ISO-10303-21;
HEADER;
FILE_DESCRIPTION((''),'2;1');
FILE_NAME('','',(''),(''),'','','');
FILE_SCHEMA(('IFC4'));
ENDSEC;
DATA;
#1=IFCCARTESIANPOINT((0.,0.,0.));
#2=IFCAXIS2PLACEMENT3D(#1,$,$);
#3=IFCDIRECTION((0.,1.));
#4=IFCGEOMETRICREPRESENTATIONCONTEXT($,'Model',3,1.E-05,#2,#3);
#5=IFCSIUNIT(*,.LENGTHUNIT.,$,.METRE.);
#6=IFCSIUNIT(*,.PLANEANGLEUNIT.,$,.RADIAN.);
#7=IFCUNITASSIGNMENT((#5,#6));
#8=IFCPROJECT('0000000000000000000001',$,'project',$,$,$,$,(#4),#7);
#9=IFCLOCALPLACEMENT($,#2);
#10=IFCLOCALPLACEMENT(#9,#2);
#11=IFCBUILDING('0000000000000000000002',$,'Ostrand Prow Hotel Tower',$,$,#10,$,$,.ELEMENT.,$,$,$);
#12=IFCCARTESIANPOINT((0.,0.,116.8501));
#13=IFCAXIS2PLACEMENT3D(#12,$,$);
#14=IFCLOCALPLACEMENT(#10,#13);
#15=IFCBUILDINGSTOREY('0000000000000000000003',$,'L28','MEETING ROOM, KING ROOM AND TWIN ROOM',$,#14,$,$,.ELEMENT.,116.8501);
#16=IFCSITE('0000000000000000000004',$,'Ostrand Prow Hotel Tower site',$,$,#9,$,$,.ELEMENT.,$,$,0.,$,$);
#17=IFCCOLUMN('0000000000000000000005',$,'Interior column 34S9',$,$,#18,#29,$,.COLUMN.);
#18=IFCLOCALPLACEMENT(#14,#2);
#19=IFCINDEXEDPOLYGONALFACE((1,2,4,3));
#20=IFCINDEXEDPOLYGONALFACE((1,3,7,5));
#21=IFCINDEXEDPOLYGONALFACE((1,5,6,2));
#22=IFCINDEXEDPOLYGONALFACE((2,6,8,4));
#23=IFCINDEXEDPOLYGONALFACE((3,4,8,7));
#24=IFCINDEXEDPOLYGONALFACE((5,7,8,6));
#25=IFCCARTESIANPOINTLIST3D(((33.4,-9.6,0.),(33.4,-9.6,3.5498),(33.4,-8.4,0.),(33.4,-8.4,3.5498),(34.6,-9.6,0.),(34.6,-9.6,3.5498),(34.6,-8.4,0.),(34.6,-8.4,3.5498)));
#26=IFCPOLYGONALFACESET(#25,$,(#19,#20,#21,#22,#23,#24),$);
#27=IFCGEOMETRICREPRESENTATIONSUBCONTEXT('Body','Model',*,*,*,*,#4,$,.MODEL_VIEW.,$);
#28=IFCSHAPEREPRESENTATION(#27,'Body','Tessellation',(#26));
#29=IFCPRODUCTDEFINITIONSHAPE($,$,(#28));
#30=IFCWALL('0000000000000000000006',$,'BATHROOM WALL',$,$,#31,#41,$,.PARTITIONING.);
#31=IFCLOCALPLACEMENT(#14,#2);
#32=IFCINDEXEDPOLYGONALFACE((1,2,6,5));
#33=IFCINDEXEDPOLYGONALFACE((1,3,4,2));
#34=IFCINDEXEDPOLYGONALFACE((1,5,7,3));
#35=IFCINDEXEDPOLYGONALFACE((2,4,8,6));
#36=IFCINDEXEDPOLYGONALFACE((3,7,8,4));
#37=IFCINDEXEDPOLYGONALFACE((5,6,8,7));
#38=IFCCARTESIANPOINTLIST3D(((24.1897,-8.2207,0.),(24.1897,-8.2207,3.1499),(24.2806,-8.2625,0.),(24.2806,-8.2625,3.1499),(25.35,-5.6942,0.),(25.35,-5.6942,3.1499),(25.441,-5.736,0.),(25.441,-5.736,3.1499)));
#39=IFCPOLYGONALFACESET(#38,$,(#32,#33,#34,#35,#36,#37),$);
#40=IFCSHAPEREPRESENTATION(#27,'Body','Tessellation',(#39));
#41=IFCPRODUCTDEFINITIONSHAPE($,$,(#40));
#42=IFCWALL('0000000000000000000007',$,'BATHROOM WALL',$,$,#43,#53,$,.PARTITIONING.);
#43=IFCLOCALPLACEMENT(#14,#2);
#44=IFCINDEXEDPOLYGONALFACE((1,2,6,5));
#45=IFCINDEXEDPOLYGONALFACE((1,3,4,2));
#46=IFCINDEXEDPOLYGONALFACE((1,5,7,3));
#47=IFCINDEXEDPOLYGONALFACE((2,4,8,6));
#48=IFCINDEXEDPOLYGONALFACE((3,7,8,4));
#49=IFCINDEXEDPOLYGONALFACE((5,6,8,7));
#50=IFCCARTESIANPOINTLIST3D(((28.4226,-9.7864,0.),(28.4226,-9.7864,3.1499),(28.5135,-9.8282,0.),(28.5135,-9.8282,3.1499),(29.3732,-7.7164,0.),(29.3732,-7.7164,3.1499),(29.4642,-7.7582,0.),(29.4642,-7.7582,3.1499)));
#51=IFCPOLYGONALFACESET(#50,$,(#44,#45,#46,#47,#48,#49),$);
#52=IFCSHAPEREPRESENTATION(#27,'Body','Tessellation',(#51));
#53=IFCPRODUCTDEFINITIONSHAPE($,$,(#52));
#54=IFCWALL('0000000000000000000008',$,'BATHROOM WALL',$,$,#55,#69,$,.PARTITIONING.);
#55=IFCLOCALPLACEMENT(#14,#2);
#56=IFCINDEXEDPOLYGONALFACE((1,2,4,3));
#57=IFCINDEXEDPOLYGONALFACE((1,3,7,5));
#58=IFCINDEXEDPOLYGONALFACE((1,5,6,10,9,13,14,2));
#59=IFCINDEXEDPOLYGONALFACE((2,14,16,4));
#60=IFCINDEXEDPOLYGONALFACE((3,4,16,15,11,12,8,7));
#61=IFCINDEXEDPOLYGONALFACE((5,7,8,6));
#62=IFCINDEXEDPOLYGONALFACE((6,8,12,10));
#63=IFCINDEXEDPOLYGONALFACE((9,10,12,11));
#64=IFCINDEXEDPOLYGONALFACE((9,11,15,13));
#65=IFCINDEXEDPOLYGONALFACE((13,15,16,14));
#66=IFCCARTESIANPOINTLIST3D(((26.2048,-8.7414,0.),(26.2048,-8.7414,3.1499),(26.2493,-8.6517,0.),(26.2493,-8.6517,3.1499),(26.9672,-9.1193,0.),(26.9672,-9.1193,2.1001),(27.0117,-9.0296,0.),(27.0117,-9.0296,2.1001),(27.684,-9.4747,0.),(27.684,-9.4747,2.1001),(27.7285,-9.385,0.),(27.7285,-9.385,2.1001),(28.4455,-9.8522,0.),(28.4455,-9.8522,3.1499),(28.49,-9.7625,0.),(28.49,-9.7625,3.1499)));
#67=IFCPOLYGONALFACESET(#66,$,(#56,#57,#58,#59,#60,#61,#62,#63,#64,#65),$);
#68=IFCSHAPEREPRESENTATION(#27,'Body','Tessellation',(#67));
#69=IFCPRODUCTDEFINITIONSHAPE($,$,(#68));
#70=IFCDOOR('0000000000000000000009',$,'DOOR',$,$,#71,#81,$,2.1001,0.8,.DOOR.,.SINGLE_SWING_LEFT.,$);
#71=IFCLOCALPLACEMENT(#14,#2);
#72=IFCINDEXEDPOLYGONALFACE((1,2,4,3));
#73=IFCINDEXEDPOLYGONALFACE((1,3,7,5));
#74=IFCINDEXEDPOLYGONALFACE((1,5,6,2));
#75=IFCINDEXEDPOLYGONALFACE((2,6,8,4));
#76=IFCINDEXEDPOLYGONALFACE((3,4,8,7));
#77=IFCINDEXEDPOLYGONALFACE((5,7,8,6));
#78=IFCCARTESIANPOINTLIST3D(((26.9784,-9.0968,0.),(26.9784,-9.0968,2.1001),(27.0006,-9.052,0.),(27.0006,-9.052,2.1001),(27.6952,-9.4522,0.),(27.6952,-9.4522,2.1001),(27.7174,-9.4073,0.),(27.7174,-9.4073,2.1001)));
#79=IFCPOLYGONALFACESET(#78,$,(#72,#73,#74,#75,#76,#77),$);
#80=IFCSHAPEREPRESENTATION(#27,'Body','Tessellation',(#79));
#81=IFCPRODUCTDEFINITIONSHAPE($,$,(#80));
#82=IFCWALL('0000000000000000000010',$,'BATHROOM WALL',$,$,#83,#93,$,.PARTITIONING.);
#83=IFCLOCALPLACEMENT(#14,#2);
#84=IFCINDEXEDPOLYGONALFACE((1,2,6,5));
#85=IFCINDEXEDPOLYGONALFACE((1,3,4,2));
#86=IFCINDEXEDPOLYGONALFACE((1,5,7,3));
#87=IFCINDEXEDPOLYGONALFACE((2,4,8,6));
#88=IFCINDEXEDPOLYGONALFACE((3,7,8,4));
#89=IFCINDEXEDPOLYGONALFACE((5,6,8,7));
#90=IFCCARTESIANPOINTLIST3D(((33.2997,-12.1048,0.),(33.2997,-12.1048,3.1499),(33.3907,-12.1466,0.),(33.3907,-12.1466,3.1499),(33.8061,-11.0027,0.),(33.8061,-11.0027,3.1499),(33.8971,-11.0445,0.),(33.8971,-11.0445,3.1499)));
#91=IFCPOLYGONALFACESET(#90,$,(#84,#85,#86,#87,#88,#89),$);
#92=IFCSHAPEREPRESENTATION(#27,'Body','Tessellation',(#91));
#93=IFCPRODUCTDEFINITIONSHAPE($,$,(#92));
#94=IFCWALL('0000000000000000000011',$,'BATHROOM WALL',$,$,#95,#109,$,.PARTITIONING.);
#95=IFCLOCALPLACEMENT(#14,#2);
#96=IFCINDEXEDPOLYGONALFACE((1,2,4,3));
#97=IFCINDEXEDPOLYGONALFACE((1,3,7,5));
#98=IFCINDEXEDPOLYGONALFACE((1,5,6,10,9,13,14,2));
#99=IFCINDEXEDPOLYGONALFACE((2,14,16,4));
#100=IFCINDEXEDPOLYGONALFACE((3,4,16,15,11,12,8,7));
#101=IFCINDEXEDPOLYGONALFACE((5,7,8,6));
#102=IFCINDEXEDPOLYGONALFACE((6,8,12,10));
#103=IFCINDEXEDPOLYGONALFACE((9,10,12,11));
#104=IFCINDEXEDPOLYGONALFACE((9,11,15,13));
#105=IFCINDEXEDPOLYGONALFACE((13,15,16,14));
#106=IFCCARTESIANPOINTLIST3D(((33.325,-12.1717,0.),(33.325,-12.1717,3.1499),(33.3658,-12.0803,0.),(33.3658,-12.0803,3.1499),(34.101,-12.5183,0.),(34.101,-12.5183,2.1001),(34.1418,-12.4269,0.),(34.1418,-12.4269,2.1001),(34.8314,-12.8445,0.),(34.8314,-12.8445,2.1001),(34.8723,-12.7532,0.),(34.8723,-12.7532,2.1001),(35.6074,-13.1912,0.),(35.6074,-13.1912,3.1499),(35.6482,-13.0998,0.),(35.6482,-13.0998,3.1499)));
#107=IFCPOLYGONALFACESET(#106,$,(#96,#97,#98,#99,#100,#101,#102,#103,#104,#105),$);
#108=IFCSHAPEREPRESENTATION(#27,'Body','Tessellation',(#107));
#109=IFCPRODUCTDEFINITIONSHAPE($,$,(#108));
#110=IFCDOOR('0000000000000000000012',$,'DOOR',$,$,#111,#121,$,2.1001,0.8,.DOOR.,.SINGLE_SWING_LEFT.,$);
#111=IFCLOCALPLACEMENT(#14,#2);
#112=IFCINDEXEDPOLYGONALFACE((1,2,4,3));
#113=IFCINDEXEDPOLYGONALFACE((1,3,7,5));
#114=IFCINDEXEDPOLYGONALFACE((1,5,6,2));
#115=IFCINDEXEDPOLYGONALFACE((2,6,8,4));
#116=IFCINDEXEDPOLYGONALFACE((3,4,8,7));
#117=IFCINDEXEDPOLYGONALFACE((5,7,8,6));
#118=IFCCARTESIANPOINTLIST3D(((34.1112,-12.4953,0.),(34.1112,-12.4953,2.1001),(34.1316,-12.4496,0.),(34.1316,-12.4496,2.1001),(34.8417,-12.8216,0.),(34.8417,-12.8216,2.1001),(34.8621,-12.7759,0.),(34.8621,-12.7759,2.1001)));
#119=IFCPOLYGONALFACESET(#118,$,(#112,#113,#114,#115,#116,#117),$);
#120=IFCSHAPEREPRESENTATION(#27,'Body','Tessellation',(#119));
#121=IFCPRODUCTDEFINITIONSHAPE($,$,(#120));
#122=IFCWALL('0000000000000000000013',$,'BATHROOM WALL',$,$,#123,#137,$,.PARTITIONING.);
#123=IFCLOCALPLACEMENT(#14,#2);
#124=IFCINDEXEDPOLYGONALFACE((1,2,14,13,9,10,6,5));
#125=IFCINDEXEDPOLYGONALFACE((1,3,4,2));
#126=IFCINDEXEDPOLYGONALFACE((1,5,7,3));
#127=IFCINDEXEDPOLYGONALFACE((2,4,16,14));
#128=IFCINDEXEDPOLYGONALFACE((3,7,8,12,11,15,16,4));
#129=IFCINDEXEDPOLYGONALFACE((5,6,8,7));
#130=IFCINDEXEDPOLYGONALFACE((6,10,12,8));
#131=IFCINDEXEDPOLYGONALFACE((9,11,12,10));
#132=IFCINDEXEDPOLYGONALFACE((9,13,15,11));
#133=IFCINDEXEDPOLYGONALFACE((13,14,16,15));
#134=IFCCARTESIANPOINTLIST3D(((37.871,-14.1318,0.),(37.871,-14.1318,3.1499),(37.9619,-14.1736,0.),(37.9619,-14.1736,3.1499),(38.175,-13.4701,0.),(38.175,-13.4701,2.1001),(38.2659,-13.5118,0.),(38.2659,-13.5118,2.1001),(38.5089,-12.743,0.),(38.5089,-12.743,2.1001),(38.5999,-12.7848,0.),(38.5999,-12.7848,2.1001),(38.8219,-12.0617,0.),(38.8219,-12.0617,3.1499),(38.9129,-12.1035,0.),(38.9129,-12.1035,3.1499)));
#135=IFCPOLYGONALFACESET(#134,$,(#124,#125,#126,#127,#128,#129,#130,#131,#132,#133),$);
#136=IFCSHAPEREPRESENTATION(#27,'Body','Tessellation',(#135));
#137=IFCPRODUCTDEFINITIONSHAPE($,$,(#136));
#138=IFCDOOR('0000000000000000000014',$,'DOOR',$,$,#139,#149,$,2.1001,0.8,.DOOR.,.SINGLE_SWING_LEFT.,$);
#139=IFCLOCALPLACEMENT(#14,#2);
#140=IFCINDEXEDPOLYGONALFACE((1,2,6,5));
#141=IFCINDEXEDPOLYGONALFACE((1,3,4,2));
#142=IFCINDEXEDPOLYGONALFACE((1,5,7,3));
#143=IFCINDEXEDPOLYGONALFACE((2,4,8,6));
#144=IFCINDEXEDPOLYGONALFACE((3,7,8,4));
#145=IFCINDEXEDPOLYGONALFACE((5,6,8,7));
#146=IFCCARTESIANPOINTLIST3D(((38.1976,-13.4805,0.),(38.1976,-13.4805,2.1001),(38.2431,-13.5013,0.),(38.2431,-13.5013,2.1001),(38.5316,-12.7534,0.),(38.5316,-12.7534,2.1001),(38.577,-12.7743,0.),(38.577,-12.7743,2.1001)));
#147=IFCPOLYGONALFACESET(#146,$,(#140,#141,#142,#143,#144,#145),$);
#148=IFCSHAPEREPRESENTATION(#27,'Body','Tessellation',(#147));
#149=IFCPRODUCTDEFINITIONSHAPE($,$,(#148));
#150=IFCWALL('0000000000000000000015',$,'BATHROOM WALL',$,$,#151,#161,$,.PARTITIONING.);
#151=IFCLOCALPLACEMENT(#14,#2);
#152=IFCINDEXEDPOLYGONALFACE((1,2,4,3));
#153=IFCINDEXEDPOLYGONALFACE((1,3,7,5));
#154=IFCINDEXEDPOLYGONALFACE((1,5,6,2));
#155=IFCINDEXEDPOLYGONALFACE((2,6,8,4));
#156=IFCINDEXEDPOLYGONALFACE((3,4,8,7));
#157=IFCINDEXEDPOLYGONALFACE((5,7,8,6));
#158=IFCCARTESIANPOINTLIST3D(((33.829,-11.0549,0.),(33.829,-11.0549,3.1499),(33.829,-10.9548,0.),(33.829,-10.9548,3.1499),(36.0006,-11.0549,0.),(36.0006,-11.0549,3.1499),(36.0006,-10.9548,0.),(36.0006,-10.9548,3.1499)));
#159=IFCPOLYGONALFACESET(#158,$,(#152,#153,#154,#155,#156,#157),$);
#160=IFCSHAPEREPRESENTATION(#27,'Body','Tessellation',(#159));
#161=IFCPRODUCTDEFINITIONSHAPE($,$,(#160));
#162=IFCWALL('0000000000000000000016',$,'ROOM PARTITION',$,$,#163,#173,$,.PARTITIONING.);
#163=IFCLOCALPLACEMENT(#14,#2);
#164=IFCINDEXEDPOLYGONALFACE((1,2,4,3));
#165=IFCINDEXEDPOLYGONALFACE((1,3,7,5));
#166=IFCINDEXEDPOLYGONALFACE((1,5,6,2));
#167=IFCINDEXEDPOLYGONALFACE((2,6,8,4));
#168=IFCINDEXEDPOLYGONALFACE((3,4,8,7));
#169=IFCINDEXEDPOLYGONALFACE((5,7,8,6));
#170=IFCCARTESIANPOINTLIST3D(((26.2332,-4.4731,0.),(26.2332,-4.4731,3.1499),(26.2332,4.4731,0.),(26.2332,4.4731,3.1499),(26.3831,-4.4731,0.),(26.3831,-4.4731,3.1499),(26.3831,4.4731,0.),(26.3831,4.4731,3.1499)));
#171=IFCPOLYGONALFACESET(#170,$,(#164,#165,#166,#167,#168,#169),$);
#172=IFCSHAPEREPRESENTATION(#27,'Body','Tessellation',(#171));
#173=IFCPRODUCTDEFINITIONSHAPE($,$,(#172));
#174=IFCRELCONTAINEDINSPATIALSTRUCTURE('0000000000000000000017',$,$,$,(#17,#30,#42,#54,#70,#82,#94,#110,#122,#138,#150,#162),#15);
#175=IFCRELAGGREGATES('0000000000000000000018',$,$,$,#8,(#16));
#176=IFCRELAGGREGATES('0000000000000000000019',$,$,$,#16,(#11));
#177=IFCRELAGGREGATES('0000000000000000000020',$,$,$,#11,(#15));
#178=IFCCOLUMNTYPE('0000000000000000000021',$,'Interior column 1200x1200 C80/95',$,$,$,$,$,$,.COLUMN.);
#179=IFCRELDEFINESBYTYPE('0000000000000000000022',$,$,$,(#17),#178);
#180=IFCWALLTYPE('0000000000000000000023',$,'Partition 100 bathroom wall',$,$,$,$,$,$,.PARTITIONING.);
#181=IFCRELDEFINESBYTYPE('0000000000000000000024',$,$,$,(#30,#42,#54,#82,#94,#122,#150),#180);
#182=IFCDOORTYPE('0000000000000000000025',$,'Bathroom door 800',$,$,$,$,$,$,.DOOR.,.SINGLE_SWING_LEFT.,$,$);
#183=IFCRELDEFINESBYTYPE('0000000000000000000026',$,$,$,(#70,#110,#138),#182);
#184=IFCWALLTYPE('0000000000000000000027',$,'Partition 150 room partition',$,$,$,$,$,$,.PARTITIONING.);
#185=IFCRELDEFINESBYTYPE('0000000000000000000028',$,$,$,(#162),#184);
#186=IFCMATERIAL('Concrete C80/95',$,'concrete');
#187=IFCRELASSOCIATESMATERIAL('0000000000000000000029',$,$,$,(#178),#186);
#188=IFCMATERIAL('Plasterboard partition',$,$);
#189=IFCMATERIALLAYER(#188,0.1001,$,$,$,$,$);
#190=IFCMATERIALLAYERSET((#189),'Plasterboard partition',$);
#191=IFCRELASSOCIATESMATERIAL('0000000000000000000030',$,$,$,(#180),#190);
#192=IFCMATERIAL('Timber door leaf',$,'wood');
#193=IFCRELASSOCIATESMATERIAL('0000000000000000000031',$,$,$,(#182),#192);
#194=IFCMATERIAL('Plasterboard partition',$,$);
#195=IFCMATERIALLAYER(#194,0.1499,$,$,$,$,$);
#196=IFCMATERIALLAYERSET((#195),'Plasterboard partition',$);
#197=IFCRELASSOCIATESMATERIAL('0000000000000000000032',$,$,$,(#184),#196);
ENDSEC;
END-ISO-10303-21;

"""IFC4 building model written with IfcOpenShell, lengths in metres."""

from ifc_helpers import new_model, si_unit, direction, frame, frame_2d, origin, origin_2d, place, context, subcontext, project, spatial, rectangle, extrude, material, layer, layer_set, material_profile, profile_set, type_object, element, fill, save


model = new_model("IFC4")

# Units and contexts
model_context = context("Model", 3, precision=1e-05, world=origin(), true_north=direction((0.0, 1.0)))
body_context = subcontext(model_context, "Body", "Model", "MODEL_VIEW")
ifc_project = project(units=[si_unit("LENGTHUNIT", "METRE"), si_unit("PLANEANGLEUNIT", "RADIAN")], contexts=[model_context])

# Site, building, storey
site_placement = place(None, origin())
site = spatial("IfcSite", under=ifc_project, at=site_placement, Name="Ostrand Prow Hotel Tower site", CompositionType="ELEMENT", RefElevation=0.0)
building_placement = place(site_placement, origin())
building = spatial("IfcBuilding", under=site, at=building_placement, Name="Ostrand Prow Hotel Tower", CompositionType="ELEMENT")
storey_placement = place(building_placement, frame((0.0, 0.0, 116.8501)))
storey = spatial("IfcBuildingStorey", under=building, at=storey_placement, Name="L28", Description="MEETING ROOM, KING ROOM AND TWIN ROOM", CompositionType="ELEMENT", Elevation=116.8501)

# Column
ifc_material_1 = material(Name="Concrete C80/95", Category="concrete")
ifc_material_profile = material_profile(ifc_material_1, rectangle(XDim=1.2, YDim=1.2, at=origin_2d()), Name="RC 1200x1200")
ifc_profile_set = profile_set([ifc_material_profile], Name="Concrete C80/95")
column_type = type_object("IfcColumnType", Name="Interior column 1200x1200 C80/95", PredefinedType="COLUMN", material=ifc_profile_set)
column_placement = place(storey_placement, frame((34.0, -9.0, 0.0), z_axis=(0.0, 0.0, 1.0), x_axis=(1.0, 0.0, 0.0)))
element("IfcColumn", 1, at=column_placement, inside=storey, type_object=column_type, Name="Interior column 34S9", PredefinedType="COLUMN", context=body_context, shape_type="SweptSolid", body=[
    extrude(rectangle(XDim=1.2, YDim=1.2, at=origin_2d()), origin(), (0.0, 0.0, 1.0), 3.5498),
])

# Walls
ifc_material_2 = material(Name="Plasterboard partition")
ifc_layer_1 = layer(ifc_material_2, 0.1001)
ifc_layer_set_1 = layer_set([ifc_layer_1], Name="Plasterboard partition")
wall_type_1 = type_object("IfcWallType", Name="Partition 100 bathroom wall", PredefinedType="PARTITIONING", material=ifc_layer_set_1)
wall_1_placement = place(storey_placement, frame((25.3955, -5.7151, 0.0), z_axis=(0.0, 0.0, 1.0), x_axis=(-0.417359, -0.908742, 0.0)))
element("IfcWall", 2, at=wall_1_placement, inside=storey, type_object=wall_type_1, Name="BATHROOM WALL", PredefinedType="PARTITIONING", context=body_context, shape_type="SweptSolid", body=[
    extrude(rectangle(XDim=2.7803, YDim=0.1001, at=frame_2d((1.3901, 0.0))), origin(), (0.0, 0.0, 1.0), 3.1499),
])
wall_2_placement = place(storey_placement, frame((29.4187, -7.7373, 0.0), z_axis=(0.0, 0.0, 1.0), x_axis=(-0.417345, -0.908748, 0.0)))
element("IfcWall", 3, at=wall_2_placement, inside=storey, type_object=wall_type_1, Name="BATHROOM WALL", PredefinedType="PARTITIONING", context=body_context, shape_type="SweptSolid", body=[
    extrude(rectangle(XDim=2.2778, YDim=0.1001, at=frame_2d((1.1389, 0.0))), origin(), (0.0, 0.0, 1.0), 3.1499),
])

# Wall, opening, door
wall_3_placement = place(storey_placement, frame((28.4678, -9.8074, 0.0), z_axis=(0.0, 0.0, 1.0), x_axis=(-0.895945, 0.444165, 0.0)))
wall_3 = element("IfcWall", 4, at=wall_3_placement, inside=storey, type_object=wall_type_1, Name="BATHROOM WALL", PredefinedType="PARTITIONING", context=body_context, shape_type="SweptSolid", body=[
    extrude(rectangle(XDim=2.501, YDim=0.1001, at=frame_2d((1.2505, 0.0))), origin(), (0.0, 0.0, 1.0), 3.1499),
])
opening_1_placement = place(wall_3_placement, frame((0.8501, 0.0, 0.0)))
opening_1 = element("IfcOpeningElement", 5, at=opening_1_placement, cuts=wall_3, PredefinedType="OPENING", context=body_context, shape_type="SweptSolid", body=[
    extrude(rectangle(XDim=0.8, YDim=2.1001, at=frame_2d((0.3999, 1.05))), frame((0.0, 0.0601, 0.0), z_axis=(0.0, -1.0, 0.0), x_axis=(1.0, 0.0, 0.0)), (0.0, 0.0, 1.0), 0.1201),
])
ifc_material_3 = material(Name="Timber door leaf", Category="wood")
door_type_1 = type_object("IfcDoorType", Name="Bathroom door 800", OperationType="SINGLE_SWING_LEFT", PredefinedType="DOOR", material=ifc_material_3)
door_1_placement = place(opening_1_placement, origin())
door_1 = element("IfcDoor", 6, at=door_1_placement, inside=storey, type_object=door_type_1, Name="DOOR", OperationType="SINGLE_SWING_LEFT", OverallHeight=2.1001, OverallWidth=0.8, PredefinedType="DOOR", context=body_context, shape_type="SweptSolid", body=[
    extrude(rectangle(XDim=0.8, YDim=2.1001, at=frame_2d((0.3999, 1.05))), frame((0.0, 0.0249, 0.0), z_axis=(0.0, -1.0, 0.0), x_axis=(1.0, 0.0, 0.0)), (0.0, 0.0, 1.0), 0.05),
])
fill(opening_1, door_1)

# Wall
wall_4_placement = place(storey_placement, frame((33.3452, -12.1257, 0.0), z_axis=(0.0, 0.0, 1.0), x_axis=(0.4175, 0.908677, 0.0)))
element("IfcWall", 7, at=wall_4_placement, inside=storey, type_object=wall_type_1, Name="BATHROOM WALL", PredefinedType="PARTITIONING", context=body_context, shape_type="SweptSolid", body=[
    extrude(rectangle(XDim=1.2129, YDim=0.1001, at=frame_2d((0.6064, 0.0))), origin(), (0.0, 0.0, 1.0), 3.1499),
])

# Walls, openings, doors
wall_5_placement = place(storey_placement, frame((35.6279, -13.1455, 0.0), z_axis=(0.0, 0.0, 1.0), x_axis=(-0.913053, 0.407841, 0.0)))
wall_5 = element("IfcWall", 8, at=wall_5_placement, inside=storey, type_object=wall_type_1, Name="BATHROOM WALL", PredefinedType="PARTITIONING", context=body_context, shape_type="SweptSolid", body=[
    extrude(rectangle(XDim=2.4998, YDim=0.1001, at=frame_2d((1.25, 0.0))), origin(), (0.0, 0.0, 1.0), 3.1499),
])
opening_2_placement = place(wall_5_placement, frame((0.8501, 0.0, 0.0)))
opening_2 = element("IfcOpeningElement", 9, at=opening_2_placement, cuts=wall_5, PredefinedType="OPENING", context=body_context, shape_type="SweptSolid", body=[
    extrude(rectangle(XDim=0.8, YDim=2.1001, at=frame_2d((0.3999, 1.05))), frame((0.0, 0.0601, 0.0), z_axis=(0.0, -1.0, 0.0), x_axis=(1.0, 0.0, 0.0)), (0.0, 0.0, 1.0), 0.1201),
])
door_2_placement = place(opening_2_placement, origin())
door_2 = element("IfcDoor", 10, at=door_2_placement, inside=storey, type_object=door_type_1, Name="DOOR", OperationType="SINGLE_SWING_LEFT", OverallHeight=2.1001, OverallWidth=0.8, PredefinedType="DOOR", context=body_context, shape_type="SweptSolid", body=[
    extrude(rectangle(XDim=0.8, YDim=2.1001, at=frame_2d((0.3999, 1.05))), frame((0.0, 0.0249, 0.0), z_axis=(0.0, -1.0, 0.0), x_axis=(1.0, 0.0, 0.0)), (0.0, 0.0, 1.0), 0.05),
])
fill(opening_2, door_2)
wall_6_placement = place(storey_placement, frame((38.8674, -12.0825, 0.0), z_axis=(0.0, 0.0, 1.0), x_axis=(-0.417433, -0.908708, 0.0)))
wall_6 = element("IfcWall", 11, at=wall_6_placement, inside=storey, type_object=wall_type_1, Name="BATHROOM WALL", PredefinedType="PARTITIONING", context=body_context, shape_type="SweptSolid", body=[
    extrude(rectangle(XDim=2.2781, YDim=0.1001, at=frame_2d((1.1392, 0.0))), origin(), (0.0, 0.0, 1.0), 3.1499),
])
opening_3_placement = place(wall_6_placement, frame((0.75, 0.0, 0.0)))
opening_3 = element("IfcOpeningElement", 12, at=opening_3_placement, cuts=wall_6, PredefinedType="OPENING", context=body_context, shape_type="SweptSolid", body=[
    extrude(rectangle(XDim=0.8, YDim=2.1001, at=frame_2d((0.3999, 1.05))), frame((0.0, 0.0601, 0.0), z_axis=(0.0, -1.0, 0.0), x_axis=(1.0, 0.0, 0.0)), (0.0, 0.0, 1.0), 0.1201),
])
door_3_placement = place(opening_3_placement, origin())
door_3 = element("IfcDoor", 13, at=door_3_placement, inside=storey, type_object=door_type_1, Name="DOOR", OperationType="SINGLE_SWING_LEFT", OverallHeight=2.1001, OverallWidth=0.8, PredefinedType="DOOR", context=body_context, shape_type="SweptSolid", body=[
    extrude(rectangle(XDim=0.8, YDim=2.1001, at=frame_2d((0.3999, 1.05))), frame((0.0, 0.0249, 0.0), z_axis=(0.0, -1.0, 0.0), x_axis=(1.0, 0.0, 0.0)), (0.0, 0.0, 1.0), 0.05),
])
fill(opening_3, door_3)

# Walls
wall_7_placement = place(storey_placement, frame((33.8289, -11.0049, 0.0), z_axis=(0.0, 0.0, 1.0), x_axis=(1.0, 0.0, 0.0)))
element("IfcWall", 14, at=wall_7_placement, inside=storey, type_object=wall_type_1, Name="BATHROOM WALL", PredefinedType="PARTITIONING", context=body_context, shape_type="SweptSolid", body=[
    extrude(rectangle(XDim=2.1716, YDim=0.1001, at=frame_2d((1.0859, 0.0))), origin(), (0.0, 0.0, 1.0), 3.1499),
])
ifc_material_4 = material(Name="Plasterboard partition")
ifc_layer_2 = layer(ifc_material_4, 0.1499)
ifc_layer_set_2 = layer_set([ifc_layer_2], Name="Plasterboard partition")
wall_type_2 = type_object("IfcWallType", Name="Partition 150 room partition", PredefinedType="PARTITIONING", material=ifc_layer_set_2)
wall_8_placement = place(storey_placement, frame((26.3081, -4.4731, 0.0), z_axis=(0.0, 0.0, 1.0), x_axis=(0.0, 1.0, 0.0)))
element("IfcWall", 15, at=wall_8_placement, inside=storey, type_object=wall_type_2, Name="ROOM PARTITION", PredefinedType="PARTITIONING", context=body_context, shape_type="SweptSolid", body=[
    extrude(rectangle(XDim=8.9463, YDim=0.1499, at=frame_2d((4.4731, 0.0))), origin(), (0.0, 0.0, 1.0), 3.1499),
])

save(model, "model.ifc")
